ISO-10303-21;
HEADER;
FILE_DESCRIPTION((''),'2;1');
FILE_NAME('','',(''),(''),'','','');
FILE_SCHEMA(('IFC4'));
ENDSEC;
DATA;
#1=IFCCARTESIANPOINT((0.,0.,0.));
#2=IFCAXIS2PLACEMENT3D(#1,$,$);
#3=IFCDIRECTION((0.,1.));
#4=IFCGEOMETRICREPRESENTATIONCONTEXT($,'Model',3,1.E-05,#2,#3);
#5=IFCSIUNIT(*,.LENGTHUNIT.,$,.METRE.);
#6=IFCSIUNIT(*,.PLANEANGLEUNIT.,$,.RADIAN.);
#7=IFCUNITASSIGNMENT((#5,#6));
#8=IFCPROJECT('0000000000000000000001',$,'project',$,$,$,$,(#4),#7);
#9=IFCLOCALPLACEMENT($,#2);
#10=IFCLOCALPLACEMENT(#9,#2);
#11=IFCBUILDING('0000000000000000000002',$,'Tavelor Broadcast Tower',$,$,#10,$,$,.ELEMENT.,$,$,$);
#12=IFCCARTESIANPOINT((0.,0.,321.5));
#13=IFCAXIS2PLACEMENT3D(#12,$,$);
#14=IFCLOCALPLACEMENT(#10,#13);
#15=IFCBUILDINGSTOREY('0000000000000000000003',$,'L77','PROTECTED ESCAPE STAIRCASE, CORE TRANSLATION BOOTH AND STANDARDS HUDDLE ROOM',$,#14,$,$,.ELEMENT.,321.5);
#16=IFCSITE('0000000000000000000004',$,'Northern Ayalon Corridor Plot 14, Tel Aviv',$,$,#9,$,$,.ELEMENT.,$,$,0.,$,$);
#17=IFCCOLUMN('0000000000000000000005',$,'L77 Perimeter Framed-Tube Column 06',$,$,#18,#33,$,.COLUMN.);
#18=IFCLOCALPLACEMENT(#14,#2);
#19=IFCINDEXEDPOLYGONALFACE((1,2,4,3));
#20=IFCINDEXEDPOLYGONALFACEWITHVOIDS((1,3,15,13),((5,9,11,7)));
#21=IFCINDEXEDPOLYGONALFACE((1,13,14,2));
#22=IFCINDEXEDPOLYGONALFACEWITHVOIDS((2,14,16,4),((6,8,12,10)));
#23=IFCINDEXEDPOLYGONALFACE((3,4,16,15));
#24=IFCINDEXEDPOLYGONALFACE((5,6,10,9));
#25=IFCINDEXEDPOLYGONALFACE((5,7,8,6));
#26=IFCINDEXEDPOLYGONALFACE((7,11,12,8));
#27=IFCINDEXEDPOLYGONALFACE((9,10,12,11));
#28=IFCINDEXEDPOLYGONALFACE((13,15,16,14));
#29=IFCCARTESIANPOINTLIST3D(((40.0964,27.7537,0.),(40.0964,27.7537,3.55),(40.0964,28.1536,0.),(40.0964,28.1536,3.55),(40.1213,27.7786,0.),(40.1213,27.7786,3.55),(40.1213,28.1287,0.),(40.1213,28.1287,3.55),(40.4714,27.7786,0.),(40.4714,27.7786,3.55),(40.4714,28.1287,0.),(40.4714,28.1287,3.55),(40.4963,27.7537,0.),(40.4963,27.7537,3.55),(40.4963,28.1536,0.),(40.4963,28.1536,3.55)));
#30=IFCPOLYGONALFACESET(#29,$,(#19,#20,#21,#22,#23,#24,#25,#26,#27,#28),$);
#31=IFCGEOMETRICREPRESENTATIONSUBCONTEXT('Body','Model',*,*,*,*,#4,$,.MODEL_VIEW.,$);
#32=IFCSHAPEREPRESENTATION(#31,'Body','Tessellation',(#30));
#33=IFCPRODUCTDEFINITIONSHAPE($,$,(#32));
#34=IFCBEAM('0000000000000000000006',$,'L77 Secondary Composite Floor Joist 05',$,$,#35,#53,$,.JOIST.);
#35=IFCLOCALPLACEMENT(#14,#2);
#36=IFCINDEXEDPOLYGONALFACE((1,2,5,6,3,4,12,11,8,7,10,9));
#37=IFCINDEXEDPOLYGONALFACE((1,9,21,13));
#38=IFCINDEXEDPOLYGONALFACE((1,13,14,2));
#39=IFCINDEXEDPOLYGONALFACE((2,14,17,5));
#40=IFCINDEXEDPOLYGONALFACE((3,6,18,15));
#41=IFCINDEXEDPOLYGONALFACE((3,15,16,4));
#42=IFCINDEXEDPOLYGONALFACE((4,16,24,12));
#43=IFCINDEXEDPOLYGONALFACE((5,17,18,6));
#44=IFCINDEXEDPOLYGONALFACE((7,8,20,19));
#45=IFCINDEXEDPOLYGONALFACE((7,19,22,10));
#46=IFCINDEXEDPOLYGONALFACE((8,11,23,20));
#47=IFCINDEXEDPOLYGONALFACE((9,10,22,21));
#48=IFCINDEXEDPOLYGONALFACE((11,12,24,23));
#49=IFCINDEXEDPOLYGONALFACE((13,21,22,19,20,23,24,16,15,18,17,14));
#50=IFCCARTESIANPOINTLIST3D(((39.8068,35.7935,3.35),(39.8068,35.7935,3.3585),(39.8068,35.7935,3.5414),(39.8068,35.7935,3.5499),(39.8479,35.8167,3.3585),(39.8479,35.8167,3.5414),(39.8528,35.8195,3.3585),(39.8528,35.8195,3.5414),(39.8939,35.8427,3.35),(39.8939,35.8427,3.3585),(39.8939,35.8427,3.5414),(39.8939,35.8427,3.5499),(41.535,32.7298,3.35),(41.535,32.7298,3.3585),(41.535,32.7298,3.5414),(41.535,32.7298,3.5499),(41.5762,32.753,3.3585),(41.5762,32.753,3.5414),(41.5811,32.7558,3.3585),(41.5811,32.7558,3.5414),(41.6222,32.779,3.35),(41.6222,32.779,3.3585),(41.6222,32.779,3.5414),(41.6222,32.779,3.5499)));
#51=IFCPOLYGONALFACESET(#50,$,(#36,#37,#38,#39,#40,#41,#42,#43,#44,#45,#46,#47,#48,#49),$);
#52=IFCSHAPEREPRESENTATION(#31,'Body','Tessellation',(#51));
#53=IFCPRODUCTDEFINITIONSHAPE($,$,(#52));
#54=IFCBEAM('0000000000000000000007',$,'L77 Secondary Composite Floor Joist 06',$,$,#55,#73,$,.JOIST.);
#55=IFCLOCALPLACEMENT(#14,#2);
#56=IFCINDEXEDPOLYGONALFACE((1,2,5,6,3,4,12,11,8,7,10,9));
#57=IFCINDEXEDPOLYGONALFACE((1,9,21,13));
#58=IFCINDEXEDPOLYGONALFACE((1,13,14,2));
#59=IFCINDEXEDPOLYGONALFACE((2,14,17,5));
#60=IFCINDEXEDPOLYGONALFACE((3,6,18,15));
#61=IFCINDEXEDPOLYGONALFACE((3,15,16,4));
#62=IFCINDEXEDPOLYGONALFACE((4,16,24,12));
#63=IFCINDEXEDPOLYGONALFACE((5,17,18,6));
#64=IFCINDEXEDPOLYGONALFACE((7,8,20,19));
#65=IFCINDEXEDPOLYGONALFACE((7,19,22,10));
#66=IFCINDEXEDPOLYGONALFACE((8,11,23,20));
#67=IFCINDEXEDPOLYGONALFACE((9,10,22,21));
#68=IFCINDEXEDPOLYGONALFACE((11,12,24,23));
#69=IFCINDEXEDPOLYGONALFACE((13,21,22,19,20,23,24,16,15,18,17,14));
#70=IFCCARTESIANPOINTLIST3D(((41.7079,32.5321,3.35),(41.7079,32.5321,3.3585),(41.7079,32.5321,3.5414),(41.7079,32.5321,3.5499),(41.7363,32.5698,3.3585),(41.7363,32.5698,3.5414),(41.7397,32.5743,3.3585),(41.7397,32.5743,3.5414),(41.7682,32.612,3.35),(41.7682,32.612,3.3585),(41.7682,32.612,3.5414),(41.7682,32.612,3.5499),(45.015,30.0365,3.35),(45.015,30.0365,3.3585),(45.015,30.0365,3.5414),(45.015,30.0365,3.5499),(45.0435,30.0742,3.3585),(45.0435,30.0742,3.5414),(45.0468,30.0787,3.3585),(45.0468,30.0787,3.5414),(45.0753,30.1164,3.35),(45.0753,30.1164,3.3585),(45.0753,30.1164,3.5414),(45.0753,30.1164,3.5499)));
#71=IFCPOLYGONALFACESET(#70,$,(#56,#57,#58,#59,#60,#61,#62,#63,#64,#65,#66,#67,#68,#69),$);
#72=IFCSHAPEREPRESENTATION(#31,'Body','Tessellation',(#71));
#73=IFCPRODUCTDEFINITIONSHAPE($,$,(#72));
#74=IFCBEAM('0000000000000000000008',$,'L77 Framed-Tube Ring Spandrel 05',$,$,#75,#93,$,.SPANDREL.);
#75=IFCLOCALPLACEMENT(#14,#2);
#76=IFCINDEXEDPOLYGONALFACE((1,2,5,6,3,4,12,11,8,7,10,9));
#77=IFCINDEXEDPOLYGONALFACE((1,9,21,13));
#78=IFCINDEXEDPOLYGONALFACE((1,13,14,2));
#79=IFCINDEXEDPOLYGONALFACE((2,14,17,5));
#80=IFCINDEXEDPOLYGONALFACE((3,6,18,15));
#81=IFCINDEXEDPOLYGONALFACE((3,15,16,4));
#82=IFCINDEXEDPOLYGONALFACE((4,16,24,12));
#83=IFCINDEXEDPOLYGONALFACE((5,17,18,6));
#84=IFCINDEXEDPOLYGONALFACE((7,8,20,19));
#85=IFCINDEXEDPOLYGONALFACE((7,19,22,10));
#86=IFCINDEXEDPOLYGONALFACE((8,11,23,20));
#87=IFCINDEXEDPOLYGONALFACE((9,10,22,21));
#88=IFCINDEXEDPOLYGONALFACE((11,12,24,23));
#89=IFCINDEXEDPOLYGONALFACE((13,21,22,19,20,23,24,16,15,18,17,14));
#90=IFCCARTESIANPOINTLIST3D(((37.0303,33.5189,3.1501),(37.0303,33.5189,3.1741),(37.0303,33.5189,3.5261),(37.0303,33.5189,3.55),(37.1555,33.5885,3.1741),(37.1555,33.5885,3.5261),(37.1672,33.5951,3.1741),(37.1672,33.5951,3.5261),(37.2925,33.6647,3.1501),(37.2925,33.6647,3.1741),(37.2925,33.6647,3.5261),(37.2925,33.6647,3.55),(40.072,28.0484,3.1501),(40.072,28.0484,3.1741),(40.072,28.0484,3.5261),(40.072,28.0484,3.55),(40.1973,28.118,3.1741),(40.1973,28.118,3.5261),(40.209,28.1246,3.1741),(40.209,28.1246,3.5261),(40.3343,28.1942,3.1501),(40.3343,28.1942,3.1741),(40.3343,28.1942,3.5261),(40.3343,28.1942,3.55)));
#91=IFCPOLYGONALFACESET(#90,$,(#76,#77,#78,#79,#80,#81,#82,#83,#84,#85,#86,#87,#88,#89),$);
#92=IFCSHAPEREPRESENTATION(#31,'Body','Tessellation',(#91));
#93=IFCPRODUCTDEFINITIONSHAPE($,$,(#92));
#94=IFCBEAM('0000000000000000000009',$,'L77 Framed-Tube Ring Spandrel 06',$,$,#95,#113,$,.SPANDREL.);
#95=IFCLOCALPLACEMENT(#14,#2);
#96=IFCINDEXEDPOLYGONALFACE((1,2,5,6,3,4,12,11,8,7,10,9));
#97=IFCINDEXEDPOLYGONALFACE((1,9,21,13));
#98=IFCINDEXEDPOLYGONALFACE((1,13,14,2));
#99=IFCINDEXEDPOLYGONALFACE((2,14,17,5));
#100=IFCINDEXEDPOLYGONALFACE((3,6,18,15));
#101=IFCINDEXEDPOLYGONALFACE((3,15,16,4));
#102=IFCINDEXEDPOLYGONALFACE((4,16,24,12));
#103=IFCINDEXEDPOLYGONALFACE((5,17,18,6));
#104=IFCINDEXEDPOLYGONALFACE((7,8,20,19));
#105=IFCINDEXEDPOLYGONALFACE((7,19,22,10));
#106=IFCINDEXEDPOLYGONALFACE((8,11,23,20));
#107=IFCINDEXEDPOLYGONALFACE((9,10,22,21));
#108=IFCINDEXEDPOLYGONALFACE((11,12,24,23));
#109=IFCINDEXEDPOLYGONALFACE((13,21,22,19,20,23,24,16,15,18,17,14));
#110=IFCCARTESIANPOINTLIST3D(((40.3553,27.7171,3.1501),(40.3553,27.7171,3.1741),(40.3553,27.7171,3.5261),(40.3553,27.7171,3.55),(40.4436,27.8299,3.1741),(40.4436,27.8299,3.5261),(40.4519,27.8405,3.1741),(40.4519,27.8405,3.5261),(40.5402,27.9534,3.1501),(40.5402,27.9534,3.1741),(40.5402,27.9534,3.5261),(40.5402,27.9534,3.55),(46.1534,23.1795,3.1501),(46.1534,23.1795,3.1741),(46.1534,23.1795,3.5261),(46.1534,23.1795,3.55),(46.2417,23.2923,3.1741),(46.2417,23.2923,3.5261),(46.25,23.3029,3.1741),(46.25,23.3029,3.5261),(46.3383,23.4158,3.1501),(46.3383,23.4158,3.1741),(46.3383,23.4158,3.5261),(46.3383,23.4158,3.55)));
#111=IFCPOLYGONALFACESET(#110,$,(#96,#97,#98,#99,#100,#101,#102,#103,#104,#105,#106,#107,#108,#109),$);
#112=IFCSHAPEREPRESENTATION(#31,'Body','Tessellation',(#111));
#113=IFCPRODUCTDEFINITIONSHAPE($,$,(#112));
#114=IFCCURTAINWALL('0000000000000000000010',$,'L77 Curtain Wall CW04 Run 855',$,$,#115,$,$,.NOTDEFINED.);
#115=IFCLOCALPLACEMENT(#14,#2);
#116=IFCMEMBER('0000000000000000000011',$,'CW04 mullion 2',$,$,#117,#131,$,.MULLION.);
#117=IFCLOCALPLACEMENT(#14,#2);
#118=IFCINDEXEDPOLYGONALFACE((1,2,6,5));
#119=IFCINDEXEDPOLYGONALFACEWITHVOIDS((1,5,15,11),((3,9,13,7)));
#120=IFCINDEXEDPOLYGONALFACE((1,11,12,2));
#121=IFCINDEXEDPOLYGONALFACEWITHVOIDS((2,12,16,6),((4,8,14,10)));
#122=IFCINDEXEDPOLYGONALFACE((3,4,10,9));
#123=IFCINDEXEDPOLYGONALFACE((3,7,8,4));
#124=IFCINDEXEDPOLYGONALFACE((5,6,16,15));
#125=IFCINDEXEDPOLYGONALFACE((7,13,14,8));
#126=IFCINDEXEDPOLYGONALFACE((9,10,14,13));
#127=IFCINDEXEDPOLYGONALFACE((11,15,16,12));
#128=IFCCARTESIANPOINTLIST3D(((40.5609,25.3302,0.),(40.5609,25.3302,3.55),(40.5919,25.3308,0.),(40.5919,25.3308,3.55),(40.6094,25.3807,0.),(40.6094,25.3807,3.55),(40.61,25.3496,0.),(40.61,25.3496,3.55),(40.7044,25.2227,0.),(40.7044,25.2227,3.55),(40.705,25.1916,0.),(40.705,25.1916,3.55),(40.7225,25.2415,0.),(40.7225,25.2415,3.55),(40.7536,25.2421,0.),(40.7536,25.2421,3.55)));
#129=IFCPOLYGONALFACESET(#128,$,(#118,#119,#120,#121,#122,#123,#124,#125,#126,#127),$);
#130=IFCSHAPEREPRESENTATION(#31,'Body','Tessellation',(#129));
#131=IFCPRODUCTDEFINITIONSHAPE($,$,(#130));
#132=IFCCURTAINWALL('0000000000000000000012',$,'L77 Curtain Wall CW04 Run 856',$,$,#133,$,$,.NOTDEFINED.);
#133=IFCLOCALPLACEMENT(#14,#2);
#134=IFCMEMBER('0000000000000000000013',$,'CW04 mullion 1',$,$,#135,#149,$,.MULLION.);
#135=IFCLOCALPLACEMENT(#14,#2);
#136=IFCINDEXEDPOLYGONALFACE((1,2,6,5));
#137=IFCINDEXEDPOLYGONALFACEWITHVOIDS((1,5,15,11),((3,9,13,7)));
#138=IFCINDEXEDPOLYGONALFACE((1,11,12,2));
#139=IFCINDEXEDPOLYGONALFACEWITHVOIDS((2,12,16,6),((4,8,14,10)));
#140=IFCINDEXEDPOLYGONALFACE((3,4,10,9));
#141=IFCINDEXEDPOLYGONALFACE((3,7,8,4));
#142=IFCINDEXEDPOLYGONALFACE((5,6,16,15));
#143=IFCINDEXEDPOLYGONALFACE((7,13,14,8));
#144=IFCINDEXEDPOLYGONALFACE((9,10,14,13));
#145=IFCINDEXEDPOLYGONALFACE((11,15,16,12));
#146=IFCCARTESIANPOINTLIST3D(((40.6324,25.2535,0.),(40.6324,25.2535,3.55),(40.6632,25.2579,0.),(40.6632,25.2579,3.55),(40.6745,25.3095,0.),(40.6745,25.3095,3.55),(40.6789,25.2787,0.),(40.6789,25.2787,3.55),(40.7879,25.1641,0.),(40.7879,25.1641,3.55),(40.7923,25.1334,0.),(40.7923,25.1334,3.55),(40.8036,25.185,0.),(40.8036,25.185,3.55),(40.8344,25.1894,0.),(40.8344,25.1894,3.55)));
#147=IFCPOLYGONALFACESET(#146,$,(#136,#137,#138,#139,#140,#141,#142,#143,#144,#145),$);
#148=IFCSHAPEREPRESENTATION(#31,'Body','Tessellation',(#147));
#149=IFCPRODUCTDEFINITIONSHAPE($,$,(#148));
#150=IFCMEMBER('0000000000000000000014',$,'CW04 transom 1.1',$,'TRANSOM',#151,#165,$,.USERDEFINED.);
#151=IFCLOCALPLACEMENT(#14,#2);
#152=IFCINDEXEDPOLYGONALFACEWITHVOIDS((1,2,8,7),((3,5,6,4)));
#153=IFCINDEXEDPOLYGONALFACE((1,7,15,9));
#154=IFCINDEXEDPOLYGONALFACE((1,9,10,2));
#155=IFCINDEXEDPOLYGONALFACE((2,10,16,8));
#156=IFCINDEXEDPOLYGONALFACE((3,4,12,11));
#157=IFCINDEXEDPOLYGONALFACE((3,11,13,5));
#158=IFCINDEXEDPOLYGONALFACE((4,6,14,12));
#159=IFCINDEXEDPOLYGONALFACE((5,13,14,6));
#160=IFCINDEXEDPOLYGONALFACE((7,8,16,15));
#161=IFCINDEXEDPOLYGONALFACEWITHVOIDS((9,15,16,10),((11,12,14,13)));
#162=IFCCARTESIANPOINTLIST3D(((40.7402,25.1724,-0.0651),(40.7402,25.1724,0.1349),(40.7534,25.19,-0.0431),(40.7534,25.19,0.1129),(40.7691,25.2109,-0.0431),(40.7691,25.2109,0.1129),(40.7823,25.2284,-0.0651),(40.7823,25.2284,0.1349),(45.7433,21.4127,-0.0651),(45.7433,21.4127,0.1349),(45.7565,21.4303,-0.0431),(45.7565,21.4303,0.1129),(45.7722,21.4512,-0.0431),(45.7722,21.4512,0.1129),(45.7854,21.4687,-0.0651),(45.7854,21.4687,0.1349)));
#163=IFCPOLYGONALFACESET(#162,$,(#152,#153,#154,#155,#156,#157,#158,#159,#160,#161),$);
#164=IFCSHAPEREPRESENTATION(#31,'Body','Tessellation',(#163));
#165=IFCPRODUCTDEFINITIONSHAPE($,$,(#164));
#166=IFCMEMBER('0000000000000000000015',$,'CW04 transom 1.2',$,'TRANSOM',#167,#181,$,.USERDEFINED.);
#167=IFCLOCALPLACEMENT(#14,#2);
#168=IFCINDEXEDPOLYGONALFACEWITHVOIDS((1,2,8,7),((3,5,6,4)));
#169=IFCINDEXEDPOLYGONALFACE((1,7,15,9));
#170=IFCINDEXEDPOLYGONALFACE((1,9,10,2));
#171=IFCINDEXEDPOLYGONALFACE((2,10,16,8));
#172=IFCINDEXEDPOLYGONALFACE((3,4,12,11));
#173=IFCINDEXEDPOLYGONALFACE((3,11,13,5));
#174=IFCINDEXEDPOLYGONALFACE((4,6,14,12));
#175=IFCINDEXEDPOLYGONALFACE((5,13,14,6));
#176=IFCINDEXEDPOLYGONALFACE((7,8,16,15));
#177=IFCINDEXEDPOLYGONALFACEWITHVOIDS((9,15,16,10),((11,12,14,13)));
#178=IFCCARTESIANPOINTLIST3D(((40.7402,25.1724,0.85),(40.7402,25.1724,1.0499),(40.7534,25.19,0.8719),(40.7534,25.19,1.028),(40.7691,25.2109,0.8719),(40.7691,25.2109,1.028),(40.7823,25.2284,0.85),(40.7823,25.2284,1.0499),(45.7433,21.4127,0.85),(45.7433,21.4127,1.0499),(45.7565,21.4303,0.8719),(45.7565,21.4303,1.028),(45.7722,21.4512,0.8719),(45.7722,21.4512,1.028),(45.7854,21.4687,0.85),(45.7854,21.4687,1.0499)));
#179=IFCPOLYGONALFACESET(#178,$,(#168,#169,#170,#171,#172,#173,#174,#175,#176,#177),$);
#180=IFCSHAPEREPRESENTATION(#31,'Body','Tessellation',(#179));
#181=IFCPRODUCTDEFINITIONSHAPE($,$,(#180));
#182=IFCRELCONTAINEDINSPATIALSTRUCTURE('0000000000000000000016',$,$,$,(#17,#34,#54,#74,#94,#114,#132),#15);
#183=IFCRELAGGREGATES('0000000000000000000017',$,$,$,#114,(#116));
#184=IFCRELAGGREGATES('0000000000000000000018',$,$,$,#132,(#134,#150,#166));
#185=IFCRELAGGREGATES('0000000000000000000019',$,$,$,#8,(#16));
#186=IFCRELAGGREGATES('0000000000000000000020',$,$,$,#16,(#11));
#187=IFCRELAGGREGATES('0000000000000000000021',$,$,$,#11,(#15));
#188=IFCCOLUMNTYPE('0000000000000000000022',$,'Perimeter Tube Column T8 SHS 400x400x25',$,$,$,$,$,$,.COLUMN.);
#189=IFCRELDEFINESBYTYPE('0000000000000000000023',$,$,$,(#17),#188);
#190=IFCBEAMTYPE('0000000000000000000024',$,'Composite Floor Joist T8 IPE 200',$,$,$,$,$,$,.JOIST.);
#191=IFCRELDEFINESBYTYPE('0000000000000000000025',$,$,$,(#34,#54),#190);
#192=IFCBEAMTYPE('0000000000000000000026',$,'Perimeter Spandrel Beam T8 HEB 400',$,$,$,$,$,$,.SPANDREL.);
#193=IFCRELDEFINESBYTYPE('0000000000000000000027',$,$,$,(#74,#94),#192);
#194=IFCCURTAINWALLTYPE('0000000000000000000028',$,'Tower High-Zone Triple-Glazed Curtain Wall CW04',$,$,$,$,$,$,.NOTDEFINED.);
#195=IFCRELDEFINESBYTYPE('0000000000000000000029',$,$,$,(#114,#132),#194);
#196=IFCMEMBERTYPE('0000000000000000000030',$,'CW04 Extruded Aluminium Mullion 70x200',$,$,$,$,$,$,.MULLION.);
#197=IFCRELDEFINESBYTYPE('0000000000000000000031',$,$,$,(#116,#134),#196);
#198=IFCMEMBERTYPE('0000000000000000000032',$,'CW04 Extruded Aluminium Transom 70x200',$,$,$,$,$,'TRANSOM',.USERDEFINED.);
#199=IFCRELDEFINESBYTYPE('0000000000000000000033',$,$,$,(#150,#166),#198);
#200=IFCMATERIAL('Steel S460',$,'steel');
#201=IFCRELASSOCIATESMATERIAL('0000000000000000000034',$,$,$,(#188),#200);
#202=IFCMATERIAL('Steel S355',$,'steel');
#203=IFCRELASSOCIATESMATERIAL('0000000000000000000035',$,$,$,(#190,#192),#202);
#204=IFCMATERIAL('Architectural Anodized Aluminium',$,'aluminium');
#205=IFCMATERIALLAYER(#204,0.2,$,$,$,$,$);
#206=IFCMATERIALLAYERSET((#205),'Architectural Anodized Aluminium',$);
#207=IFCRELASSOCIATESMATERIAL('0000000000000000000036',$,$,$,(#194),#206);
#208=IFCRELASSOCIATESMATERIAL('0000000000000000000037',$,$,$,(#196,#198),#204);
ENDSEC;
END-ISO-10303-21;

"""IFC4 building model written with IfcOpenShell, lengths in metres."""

from ifc_helpers import new_model, si_unit, direction, frame, origin, origin_2d, place, context, subcontext, project, spatial, hollow_rectangle, i_section, extrude, source, transform, mapped, material, layer, layer_set, material_profile, profile_set, type_object, type_shapes, element, aggregate, save


model = new_model("IFC4")

# Units and contexts
model_context = context("Model", 3, precision=1e-05, world=origin(), true_north=direction((0.0, 1.0)))
body_context = subcontext(model_context, "Body", "Model", "MODEL_VIEW")
ifc_project = project(units=[si_unit("LENGTHUNIT", "METRE"), si_unit("PLANEANGLEUNIT", "RADIAN")], contexts=[model_context])

# Site, building, storey
site_placement = place(None, origin())
site = spatial("IfcSite", under=ifc_project, at=site_placement, Name="Northern Ayalon Corridor Plot 14, Tel Aviv", CompositionType="ELEMENT", RefElevation=0.0)
building_placement = place(site_placement, origin())
building = spatial("IfcBuilding", under=site, at=building_placement, Name="Tavelor Broadcast Tower", CompositionType="ELEMENT")
storey_placement = place(building_placement, frame((0.0, 0.0, 321.5)))
storey = spatial("IfcBuildingStorey", under=building, at=storey_placement, Name="L77", Description="PROTECTED ESCAPE STAIRCASE, CORE TRANSLATION BOOTH AND STANDARDS HUDDLE ROOM", CompositionType="ELEMENT", Elevation=321.5)

# Column
ifc_material_1 = material(Name="Steel S460", Category="steel")
ifc_material_profile_1 = material_profile(ifc_material_1, hollow_rectangle(XDim=0.3999, YDim=0.3999, WallThickness=0.0249, at=origin_2d()), Name="SHS 400x400x25")
ifc_profile_set_1 = profile_set([ifc_material_profile_1], Name="Steel S460")
column_type = type_object("IfcColumnType", Name="Perimeter Tube Column T8 SHS 400x400x25", PredefinedType="COLUMN", material=ifc_profile_set_1)
column_placement = place(storey_placement, frame((40.2964, 27.9536, 0.0), z_axis=(0.0, 0.0, 1.0), x_axis=(1.0, 0.0, 0.0)))
element("IfcColumn", 1, at=column_placement, inside=storey, type_object=column_type, Name="L77 Perimeter Framed-Tube Column 06", PredefinedType="COLUMN", context=body_context, shape_type="SweptSolid", body=[
    extrude(hollow_rectangle(XDim=0.3999, YDim=0.3999, WallThickness=0.0249, at=origin_2d()), origin(), (0.0, 0.0, 1.0), 3.55),
])

# Beams
ifc_material_2 = material(Name="Steel S355", Category="steel")
ifc_material_profile_2 = material_profile(ifc_material_2, i_section(OverallWidth=0.1001, OverallDepth=0.2, WebThickness=0.0056, FlangeThickness=0.0085, at=origin_2d()), Name="IPE 200")
ifc_profile_set_2 = profile_set([ifc_material_profile_2], Name="Steel S355")
beam_type_1 = type_object("IfcBeamType", Name="Composite Floor Joist T8 IPE 200", PredefinedType="JOIST", material=ifc_profile_set_2)
beam_1_placement = place(storey_placement, frame((39.8503, 35.8181, 3.45), z_axis=(0.491325, -0.870976, 0.0), x_axis=(0.870976, 0.491325, 0.0)))
element("IfcBeam", 2, at=beam_1_placement, inside=storey, type_object=beam_type_1, Name="L77 Secondary Composite Floor Joist 05", PredefinedType="JOIST", context=body_context, shape_type="SweptSolid", body=[
    extrude(i_section(OverallWidth=0.1001, OverallDepth=0.2, WebThickness=0.0056, FlangeThickness=0.0085, at=origin_2d()), origin(), (0.0, 0.0, 1.0), 3.5176),
])
beam_2_placement = place(storey_placement, frame((41.738, 32.572, 3.45), z_axis=(0.798229, -0.602354, 0.0), x_axis=(0.602354, 0.798229, 0.0)))
element("IfcBeam", 3, at=beam_2_placement, inside=storey, type_object=beam_type_1, Name="L77 Secondary Composite Floor Joist 06", PredefinedType="JOIST", context=body_context, shape_type="SweptSolid", body=[
    extrude(i_section(OverallWidth=0.1001, OverallDepth=0.2, WebThickness=0.0056, FlangeThickness=0.0085, at=origin_2d()), origin(), (0.0, 0.0, 1.0), 4.1431),
])
ifc_material_profile_3 = material_profile(ifc_material_2, i_section(OverallWidth=0.3, OverallDepth=0.3999, WebThickness=0.0134, FlangeThickness=0.0239, at=origin_2d()), Name="HEB 400")
ifc_profile_set_3 = profile_set([ifc_material_profile_3], Name="Steel S355")
beam_type_2 = type_object("IfcBeamType", Name="Perimeter Spandrel Beam T8 HEB 400", PredefinedType="SPANDREL", material=ifc_profile_set_3)
beam_3_placement = place(storey_placement, frame((37.1614, 33.5918, 3.3501), z_axis=(0.485961, -0.873981, 0.0), x_axis=(0.873981, 0.485961, 0.0)))
element("IfcBeam", 4, at=beam_3_placement, inside=storey, type_object=beam_type_2, Name="L77 Framed-Tube Ring Spandrel 05", PredefinedType="SPANDREL", context=body_context, shape_type="SweptSolid", body=[
    extrude(i_section(OverallWidth=0.3, OverallDepth=0.3999, WebThickness=0.0134, FlangeThickness=0.0239, at=origin_2d()), origin(), (0.0, 0.0, 1.0), 6.2593),
])
beam_4_placement = place(storey_placement, frame((40.4478, 27.8352, 3.3501), z_axis=(0.787508, -0.616305, 0.0), x_axis=(0.616305, 0.787508, 0.0)))
element("IfcBeam", 5, at=beam_4_placement, inside=storey, type_object=beam_type_2, Name="L77 Framed-Tube Ring Spandrel 06", PredefinedType="SPANDREL", context=body_context, shape_type="SweptSolid", body=[
    extrude(i_section(OverallWidth=0.3, OverallDepth=0.3999, WebThickness=0.0134, FlangeThickness=0.0239, at=origin_2d()), origin(), (0.0, 0.0, 1.0), 7.3625),
])

# Curtain wall, member
ifc_material_3 = material(Name="Architectural Anodized Aluminium", Category="aluminium")
ifc_layer_1 = layer(ifc_material_3, 0.2)
ifc_layer_set_1 = layer_set([ifc_layer_1], Name="Architectural Anodized Aluminium")
curtain_wall_type = type_object("IfcCurtainWallType", Name="Tower High-Zone Triple-Glazed Curtain Wall CW04", PredefinedType="NOTDEFINED", material=ifc_layer_set_1)
curtain_wall_1_placement = place(storey_placement, origin())
curtain_wall_1 = element("IfcCurtainWall", 6, at=curtain_wall_1_placement, inside=storey, type_object=curtain_wall_type, Name="L77 Curtain Wall CW04 Run 855", PredefinedType="NOTDEFINED")
ifc_material_profile_4 = material_profile(ifc_material_3, hollow_rectangle(XDim=0.0701, YDim=0.2, WallThickness=0.022, at=origin_2d()), Name="RHS 70x200x22")
ifc_profile_set_4 = profile_set([ifc_material_profile_4], Name="Architectural Anodized Aluminium")
member_type_1 = type_object("IfcMemberType", Name="CW04 Extruded Aluminium Mullion 70x200", PredefinedType="MULLION", material=ifc_profile_set_4)
shared_shape_1 = source(origin(), body_context, "Body", "SweptSolid", [
    extrude(hollow_rectangle(XDim=0.0701, YDim=0.2, WallThickness=0.022, at=origin_2d()), origin(), (0.0, 0.0, 1.0), 3.55),
])
type_shapes(member_type_1, [shared_shape_1])
member_1_placement = place(storey_placement, frame((40.6572, 25.2861, 0.0), z_axis=(0.0, 0.0, 1.0), x_axis=(0.693073, 0.720868, 0.0)))
member_1 = element("IfcMember", 7, at=member_1_placement, type_object=member_type_1, Name="CW04 mullion 2", PredefinedType="MULLION", context=body_context, shape_type="MappedRepresentation", body=[
    mapped(shared_shape_1, transform((0.0, 0.0, 0.0), scale=1.0)),
])

# Curtain wall, members
curtain_wall_2_placement = place(storey_placement, origin())
curtain_wall_2 = element("IfcCurtainWall", 8, at=curtain_wall_2_placement, inside=storey, type_object=curtain_wall_type, Name="L77 Curtain Wall CW04 Run 856", PredefinedType="NOTDEFINED")
member_2_placement = place(storey_placement, frame((40.7334, 25.2214, 0.0), z_axis=(0.0, 0.0, 1.0), x_axis=(0.600747, 0.799439, 0.0)))
member_2 = element("IfcMember", 9, at=member_2_placement, type_object=member_type_1, Name="CW04 mullion 1", PredefinedType="MULLION", context=body_context, shape_type="MappedRepresentation", body=[
    mapped(shared_shape_1, transform((0.0, 0.0, 0.0), scale=1.0)),
])
ifc_material_profile_5 = material_profile(ifc_material_3, hollow_rectangle(XDim=0.0701, YDim=0.2, WallThickness=0.022, at=origin_2d()), Name="RHS 70x200x22")
ifc_profile_set_5 = profile_set([ifc_material_profile_5], Name="Architectural Anodized Aluminium")
member_type_2 = type_object("IfcMemberType", Name="CW04 Extruded Aluminium Transom 70x200", ElementType="TRANSOM", PredefinedType="USERDEFINED", material=ifc_profile_set_5)
shared_shape_2 = source(origin(), body_context, "Body", "SweptSolid", [
    extrude(hollow_rectangle(XDim=0.0701, YDim=0.2, WallThickness=0.022, at=origin_2d()), origin(), (0.0, 0.0, 1.0), 6.2583),
])
type_shapes(member_type_2, [shared_shape_2])
member_3_placement = place(storey_placement, frame((40.7612, 25.2004, 0.0349), z_axis=(0.799433, -0.600755, 0.0), x_axis=(0.600755, 0.799433, 0.0)))
member_3 = element("IfcMember", 10, at=member_3_placement, type_object=member_type_2, Name="CW04 transom 1.1", ObjectType="TRANSOM", PredefinedType="USERDEFINED", context=body_context, shape_type="MappedRepresentation", body=[
    mapped(shared_shape_2, transform((0.0, 0.0, 0.0), scale=1.0)),
])
member_4_placement = place(storey_placement, frame((40.7612, 25.2004, 0.95), z_axis=(0.799433, -0.600755, 0.0), x_axis=(0.600755, 0.799433, 0.0)))
member_4 = element("IfcMember", 11, at=member_4_placement, type_object=member_type_2, Name="CW04 transom 1.2", ObjectType="TRANSOM", PredefinedType="USERDEFINED", context=body_context, shape_type="MappedRepresentation", body=[
    mapped(shared_shape_2, transform((0.0, 0.0, 0.0), scale=1.0)),
])

aggregate(curtain_wall_1, [member_1])
aggregate(curtain_wall_2, [member_2, member_3, member_4])

save(model, "model.ifc")
